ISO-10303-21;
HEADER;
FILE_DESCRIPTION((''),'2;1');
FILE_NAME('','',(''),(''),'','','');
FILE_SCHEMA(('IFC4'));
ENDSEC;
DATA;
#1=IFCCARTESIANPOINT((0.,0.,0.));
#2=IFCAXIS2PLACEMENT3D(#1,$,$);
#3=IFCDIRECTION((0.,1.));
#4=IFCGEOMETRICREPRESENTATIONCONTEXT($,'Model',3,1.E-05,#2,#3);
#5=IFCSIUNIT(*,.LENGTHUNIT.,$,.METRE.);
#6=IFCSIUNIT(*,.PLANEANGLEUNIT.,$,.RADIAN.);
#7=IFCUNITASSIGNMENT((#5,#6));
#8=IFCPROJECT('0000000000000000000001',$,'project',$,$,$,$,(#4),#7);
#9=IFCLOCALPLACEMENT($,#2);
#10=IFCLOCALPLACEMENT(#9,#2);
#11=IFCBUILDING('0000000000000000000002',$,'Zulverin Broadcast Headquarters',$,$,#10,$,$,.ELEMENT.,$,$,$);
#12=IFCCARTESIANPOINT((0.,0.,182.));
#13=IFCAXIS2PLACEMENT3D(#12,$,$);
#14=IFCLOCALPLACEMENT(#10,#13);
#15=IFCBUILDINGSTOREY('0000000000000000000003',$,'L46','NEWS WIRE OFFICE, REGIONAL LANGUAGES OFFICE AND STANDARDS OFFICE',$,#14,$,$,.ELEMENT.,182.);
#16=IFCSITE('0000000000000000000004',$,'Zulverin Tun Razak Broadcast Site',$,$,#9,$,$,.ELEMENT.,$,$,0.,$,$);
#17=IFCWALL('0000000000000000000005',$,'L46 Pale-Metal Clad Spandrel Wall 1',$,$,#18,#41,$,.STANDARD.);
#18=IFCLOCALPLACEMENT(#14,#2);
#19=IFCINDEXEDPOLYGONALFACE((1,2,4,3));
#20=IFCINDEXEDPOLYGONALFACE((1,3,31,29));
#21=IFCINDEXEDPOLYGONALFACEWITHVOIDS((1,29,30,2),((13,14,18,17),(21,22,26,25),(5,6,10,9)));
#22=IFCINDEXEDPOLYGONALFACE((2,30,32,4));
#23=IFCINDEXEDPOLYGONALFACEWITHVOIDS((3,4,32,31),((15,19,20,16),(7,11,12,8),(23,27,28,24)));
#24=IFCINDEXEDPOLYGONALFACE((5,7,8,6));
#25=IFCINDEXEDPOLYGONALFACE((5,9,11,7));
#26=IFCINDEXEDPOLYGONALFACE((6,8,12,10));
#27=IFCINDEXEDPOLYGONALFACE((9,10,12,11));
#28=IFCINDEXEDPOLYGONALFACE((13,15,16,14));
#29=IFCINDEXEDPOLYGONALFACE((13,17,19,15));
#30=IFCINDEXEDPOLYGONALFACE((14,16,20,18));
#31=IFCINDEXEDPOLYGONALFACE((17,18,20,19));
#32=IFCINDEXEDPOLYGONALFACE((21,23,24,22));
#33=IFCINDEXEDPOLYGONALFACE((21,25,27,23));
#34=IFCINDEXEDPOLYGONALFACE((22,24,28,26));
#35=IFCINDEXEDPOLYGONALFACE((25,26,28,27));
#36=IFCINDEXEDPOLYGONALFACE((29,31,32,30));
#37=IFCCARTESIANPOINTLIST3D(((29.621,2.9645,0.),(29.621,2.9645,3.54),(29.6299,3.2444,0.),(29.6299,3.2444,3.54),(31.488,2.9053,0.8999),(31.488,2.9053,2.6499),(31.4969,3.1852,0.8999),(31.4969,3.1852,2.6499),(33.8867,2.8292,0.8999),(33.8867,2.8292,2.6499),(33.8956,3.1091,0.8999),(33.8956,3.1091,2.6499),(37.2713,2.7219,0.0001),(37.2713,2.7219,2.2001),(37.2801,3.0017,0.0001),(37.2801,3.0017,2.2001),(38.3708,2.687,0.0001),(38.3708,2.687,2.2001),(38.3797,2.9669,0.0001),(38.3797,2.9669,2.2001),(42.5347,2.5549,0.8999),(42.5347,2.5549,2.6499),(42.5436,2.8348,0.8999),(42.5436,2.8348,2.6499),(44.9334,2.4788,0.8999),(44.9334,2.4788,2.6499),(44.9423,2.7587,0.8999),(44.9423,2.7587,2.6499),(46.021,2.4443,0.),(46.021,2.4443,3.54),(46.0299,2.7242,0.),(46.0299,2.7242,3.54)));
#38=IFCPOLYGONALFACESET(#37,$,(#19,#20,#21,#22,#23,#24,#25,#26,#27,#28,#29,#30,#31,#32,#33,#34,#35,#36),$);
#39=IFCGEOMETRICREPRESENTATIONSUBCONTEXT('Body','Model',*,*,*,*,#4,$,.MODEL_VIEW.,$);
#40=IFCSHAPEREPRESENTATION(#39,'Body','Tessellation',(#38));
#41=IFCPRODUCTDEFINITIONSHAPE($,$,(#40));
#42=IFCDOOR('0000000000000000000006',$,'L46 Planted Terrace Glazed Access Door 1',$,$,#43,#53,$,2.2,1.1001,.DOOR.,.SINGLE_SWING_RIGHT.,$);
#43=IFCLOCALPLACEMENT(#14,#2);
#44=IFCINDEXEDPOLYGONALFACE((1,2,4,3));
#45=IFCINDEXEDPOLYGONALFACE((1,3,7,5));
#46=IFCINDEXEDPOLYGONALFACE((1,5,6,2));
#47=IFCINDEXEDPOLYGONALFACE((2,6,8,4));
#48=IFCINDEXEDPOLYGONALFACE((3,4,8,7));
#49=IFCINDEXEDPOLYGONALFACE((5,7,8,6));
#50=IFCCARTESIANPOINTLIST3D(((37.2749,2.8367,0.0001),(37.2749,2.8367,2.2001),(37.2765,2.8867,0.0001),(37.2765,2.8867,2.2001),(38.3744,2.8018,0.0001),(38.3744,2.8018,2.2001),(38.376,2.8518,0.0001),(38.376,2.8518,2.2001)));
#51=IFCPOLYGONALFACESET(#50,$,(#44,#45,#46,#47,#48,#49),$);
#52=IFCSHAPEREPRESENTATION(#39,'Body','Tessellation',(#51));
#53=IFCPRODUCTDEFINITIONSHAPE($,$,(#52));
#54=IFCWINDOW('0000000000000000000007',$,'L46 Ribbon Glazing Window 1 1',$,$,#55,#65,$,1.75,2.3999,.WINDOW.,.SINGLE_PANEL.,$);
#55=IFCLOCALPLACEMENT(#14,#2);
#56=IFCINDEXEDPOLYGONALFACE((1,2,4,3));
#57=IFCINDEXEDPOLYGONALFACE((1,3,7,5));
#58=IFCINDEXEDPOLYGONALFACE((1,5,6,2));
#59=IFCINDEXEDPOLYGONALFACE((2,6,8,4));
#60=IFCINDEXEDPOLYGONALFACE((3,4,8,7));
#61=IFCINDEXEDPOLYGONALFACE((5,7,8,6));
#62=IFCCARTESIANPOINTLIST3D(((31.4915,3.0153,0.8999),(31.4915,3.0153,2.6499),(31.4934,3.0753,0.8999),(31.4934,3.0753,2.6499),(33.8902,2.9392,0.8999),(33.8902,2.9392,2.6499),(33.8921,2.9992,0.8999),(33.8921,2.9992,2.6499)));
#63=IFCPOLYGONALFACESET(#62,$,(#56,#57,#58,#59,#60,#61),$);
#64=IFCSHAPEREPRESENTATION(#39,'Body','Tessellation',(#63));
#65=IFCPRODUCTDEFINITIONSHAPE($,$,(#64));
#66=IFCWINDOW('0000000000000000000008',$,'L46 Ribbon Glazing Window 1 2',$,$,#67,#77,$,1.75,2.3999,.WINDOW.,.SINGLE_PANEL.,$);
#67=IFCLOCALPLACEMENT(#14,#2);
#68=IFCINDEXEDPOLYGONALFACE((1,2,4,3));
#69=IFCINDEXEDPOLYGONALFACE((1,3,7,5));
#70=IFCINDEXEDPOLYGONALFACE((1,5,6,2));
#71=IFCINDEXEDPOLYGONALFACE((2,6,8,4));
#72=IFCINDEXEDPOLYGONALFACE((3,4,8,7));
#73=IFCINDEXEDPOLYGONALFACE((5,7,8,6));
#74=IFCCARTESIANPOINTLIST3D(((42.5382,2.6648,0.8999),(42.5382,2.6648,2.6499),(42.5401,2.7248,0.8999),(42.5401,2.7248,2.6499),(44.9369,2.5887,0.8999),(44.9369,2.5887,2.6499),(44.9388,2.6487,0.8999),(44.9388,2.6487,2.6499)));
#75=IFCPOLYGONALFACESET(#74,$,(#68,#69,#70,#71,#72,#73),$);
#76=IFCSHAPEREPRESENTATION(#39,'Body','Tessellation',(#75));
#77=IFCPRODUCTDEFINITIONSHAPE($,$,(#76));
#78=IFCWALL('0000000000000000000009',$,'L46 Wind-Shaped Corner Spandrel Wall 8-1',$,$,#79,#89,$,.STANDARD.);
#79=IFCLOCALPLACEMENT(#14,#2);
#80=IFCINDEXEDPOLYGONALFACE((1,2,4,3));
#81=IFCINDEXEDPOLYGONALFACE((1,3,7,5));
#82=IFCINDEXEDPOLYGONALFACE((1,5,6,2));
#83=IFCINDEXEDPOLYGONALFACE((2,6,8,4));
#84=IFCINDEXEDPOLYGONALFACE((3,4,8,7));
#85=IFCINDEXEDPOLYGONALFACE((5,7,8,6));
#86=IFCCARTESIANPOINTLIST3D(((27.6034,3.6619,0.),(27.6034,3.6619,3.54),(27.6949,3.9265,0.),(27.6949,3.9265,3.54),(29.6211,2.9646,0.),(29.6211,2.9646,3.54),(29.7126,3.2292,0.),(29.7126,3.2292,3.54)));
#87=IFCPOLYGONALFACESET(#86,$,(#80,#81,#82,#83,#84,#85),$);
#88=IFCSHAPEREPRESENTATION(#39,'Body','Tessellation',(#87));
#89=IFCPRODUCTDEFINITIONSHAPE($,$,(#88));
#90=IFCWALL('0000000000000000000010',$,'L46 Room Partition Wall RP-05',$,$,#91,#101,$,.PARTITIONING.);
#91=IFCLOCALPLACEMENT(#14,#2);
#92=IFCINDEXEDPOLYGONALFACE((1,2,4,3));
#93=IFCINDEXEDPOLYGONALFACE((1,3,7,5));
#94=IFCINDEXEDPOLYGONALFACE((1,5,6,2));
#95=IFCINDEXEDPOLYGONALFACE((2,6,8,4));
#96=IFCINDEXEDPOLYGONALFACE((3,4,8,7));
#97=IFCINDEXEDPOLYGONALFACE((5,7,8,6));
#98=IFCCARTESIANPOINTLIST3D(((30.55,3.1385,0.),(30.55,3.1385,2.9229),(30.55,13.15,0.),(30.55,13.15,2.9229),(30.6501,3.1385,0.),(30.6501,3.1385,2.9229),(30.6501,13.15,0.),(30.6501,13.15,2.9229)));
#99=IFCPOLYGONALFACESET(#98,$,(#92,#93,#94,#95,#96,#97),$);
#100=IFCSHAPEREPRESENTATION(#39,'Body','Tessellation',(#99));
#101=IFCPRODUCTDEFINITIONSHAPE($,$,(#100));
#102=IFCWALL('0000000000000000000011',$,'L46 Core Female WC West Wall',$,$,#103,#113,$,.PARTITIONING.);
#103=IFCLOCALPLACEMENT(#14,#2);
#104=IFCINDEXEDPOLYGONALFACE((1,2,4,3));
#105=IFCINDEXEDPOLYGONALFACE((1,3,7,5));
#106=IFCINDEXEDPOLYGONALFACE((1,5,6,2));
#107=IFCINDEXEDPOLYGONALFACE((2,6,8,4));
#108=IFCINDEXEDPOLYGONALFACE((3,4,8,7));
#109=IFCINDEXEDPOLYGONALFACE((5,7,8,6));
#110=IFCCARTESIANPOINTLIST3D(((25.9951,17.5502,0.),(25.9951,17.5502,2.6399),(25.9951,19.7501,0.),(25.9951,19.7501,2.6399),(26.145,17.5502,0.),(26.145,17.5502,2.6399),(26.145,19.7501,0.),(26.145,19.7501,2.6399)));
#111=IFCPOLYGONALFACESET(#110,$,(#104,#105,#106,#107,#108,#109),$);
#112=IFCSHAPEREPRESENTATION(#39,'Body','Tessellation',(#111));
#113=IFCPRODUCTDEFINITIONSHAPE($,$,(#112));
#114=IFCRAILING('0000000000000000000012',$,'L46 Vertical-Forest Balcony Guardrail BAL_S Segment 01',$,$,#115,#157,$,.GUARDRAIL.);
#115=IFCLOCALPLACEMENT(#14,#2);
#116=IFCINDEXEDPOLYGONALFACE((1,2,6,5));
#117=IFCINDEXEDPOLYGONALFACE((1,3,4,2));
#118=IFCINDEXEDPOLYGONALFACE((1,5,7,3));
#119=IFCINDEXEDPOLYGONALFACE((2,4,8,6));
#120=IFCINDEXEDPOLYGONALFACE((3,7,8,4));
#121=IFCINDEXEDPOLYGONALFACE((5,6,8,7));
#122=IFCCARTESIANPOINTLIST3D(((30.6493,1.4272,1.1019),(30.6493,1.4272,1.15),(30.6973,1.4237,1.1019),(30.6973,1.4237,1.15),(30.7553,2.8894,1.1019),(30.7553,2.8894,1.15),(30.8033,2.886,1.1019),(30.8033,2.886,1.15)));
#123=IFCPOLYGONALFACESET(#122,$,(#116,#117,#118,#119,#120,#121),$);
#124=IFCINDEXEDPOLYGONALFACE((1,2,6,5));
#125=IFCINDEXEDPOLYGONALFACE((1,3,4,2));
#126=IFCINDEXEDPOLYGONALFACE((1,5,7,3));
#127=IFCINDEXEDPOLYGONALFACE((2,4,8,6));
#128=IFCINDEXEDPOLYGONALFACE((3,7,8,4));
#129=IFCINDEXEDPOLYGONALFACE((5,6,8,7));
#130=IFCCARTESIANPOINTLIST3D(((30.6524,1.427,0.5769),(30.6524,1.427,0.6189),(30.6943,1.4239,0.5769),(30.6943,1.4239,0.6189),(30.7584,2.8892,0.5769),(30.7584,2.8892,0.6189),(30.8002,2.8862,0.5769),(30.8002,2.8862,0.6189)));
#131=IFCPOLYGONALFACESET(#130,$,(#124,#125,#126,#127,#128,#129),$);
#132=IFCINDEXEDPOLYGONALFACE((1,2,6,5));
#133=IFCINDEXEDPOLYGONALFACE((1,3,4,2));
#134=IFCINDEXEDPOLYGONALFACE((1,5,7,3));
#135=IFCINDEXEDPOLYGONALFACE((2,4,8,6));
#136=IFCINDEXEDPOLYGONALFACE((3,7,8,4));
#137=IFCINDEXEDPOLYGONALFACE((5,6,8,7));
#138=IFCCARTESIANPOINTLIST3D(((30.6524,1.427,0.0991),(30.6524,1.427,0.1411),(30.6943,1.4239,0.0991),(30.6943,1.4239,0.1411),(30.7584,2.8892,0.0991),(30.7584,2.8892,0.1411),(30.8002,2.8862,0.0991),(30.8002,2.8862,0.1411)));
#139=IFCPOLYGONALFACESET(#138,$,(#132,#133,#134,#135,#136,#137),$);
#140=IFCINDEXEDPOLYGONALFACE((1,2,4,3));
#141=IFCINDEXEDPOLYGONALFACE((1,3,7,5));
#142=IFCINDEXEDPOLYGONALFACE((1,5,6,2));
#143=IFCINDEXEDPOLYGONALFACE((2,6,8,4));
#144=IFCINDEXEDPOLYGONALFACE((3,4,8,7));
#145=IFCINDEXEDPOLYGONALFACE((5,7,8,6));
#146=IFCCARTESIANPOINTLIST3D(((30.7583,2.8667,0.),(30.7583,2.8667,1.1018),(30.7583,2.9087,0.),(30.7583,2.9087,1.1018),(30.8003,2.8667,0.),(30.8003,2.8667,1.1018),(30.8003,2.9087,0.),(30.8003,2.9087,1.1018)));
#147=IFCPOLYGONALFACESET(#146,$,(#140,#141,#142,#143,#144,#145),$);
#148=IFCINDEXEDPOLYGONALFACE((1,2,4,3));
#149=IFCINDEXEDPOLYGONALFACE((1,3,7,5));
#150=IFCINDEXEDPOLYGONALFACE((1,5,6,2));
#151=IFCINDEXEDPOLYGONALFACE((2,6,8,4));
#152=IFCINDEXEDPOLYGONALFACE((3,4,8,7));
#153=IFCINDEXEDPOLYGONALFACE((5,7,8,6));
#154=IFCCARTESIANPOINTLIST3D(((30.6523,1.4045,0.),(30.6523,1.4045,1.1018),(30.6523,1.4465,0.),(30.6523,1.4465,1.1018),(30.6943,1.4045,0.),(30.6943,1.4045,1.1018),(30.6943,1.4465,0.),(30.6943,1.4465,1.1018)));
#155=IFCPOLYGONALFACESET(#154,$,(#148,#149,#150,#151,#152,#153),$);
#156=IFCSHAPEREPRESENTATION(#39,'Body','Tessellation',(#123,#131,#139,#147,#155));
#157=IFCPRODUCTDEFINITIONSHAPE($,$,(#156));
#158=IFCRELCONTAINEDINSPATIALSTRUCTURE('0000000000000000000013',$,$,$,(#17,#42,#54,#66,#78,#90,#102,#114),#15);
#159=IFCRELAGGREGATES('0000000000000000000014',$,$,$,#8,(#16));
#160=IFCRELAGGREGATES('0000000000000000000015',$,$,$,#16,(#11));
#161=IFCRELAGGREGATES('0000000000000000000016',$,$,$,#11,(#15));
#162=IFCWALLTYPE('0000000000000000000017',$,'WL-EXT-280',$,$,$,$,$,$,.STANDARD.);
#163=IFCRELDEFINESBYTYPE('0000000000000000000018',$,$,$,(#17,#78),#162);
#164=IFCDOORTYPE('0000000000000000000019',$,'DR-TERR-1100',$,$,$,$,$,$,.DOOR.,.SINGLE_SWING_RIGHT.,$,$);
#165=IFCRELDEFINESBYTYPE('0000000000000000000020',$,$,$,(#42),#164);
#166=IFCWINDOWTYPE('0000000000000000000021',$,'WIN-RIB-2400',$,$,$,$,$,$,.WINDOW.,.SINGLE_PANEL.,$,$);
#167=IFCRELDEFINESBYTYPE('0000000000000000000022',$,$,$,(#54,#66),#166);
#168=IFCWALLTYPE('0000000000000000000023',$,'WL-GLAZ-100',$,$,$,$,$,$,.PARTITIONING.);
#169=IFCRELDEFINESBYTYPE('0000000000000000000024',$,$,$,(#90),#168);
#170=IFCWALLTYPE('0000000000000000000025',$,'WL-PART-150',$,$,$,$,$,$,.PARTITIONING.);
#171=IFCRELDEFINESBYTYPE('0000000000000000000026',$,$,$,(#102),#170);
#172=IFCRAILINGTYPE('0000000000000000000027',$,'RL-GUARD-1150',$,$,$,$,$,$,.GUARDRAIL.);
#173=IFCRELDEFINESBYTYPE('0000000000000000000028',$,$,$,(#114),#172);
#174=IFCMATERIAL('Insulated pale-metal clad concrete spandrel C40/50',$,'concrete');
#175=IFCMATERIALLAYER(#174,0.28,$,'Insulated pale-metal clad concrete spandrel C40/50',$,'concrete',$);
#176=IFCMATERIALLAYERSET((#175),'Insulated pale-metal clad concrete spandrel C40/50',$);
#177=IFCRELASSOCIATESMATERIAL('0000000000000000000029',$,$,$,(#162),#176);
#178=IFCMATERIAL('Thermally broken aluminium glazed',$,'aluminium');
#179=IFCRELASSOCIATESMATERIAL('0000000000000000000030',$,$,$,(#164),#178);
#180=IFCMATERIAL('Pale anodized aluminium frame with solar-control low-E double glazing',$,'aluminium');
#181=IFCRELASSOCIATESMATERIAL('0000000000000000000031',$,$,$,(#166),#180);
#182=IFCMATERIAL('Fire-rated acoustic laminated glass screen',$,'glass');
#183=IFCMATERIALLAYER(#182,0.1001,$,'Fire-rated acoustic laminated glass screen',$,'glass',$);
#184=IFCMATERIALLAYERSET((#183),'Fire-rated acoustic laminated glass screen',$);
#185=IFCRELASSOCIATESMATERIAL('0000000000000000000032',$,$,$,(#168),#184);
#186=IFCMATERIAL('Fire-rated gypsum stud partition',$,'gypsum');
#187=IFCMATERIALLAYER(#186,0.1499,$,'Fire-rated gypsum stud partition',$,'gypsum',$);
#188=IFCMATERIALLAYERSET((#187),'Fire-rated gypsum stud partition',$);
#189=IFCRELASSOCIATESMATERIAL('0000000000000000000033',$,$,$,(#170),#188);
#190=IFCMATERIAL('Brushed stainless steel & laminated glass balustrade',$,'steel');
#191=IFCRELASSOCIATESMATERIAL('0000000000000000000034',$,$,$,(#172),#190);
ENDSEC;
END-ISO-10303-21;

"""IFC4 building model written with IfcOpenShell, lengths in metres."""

from ifc_helpers import new_model, si_unit, direction, frame, frame_2d, origin, origin_2d, place, context, subcontext, project, spatial, rectangle, extrude, material, layer, layer_set, type_object, element, fill, save


model = new_model("IFC4")

# Units and contexts
model_context = context("Model", 3, precision=1e-05, world=origin(), true_north=direction((0.0, 1.0)))
body_context = subcontext(model_context, "Body", "Model", "MODEL_VIEW")
ifc_project = project(units=[si_unit("LENGTHUNIT", "METRE"), si_unit("PLANEANGLEUNIT", "RADIAN")], contexts=[model_context])

# Site, building, storey
site_placement = place(None, origin())
site = spatial("IfcSite", under=ifc_project, at=site_placement, Name="Zulverin Tun Razak Broadcast Site", CompositionType="ELEMENT", RefElevation=0.0)
building_placement = place(site_placement, origin())
building = spatial("IfcBuilding", under=site, at=building_placement, Name="Zulverin Broadcast Headquarters", CompositionType="ELEMENT")
storey_placement = place(building_placement, frame((0.0, 0.0, 182.0)))
storey = spatial("IfcBuildingStorey", under=building, at=storey_placement, Name="L46", Description="NEWS WIRE OFFICE, REGIONAL LANGUAGES OFFICE AND STANDARDS OFFICE", CompositionType="ELEMENT", Elevation=182.0)

# Wall, openings, door, windows
ifc_material_1 = material(Name="Insulated pale-metal clad concrete spandrel C40/50", Category="concrete")
ifc_layer_1 = layer(ifc_material_1, 0.28, Name="Insulated pale-metal clad concrete spandrel C40/50", Category="concrete")
ifc_layer_set_1 = layer_set([ifc_layer_1], Name="Insulated pale-metal clad concrete spandrel C40/50")
wall_type_1 = type_object("IfcWallType", Name="WL-EXT-280", PredefinedType="STANDARD", material=ifc_layer_set_1)
wall_1_placement = place(storey_placement, frame((29.6255, 3.1045, 0.0), z_axis=(0.0, 0.0, 1.0), x_axis=(0.999497, -0.031708, 0.0)))
wall_1 = element("IfcWall", 1, at=wall_1_placement, inside=storey, type_object=wall_type_1, Name="L46 Pale-Metal Clad Spandrel Wall 1", PredefinedType="STANDARD", context=body_context, shape_type="SweptSolid", body=[
    extrude(rectangle(XDim=16.4082, YDim=0.28, at=frame_2d((8.2041, 0.0))), origin(), (0.0, 0.0, 1.0), 3.54),
])
opening_1_placement = place(wall_1_placement, frame((7.6541, 0.0, 0.0)))
opening_1 = element("IfcOpeningElement", 2, at=opening_1_placement, cuts=wall_1, PredefinedType="OPENING", context=body_context, shape_type="SweptSolid", body=[
    extrude(rectangle(XDim=1.1001, YDim=2.2, at=frame_2d((0.55, 1.1001))), frame((0.0, 0.1499, 0.0), z_axis=(0.0, -1.0, 0.0), x_axis=(1.0, 0.0, 0.0)), (0.0, 0.0, 1.0), 0.3),
])
opening_2_placement = place(wall_1_placement, frame((1.8679, 0.0, 0.8999)))
opening_2 = element("IfcOpeningElement", 3, at=opening_2_placement, cuts=wall_1, PredefinedType="OPENING", context=body_context, shape_type="SweptSolid", body=[
    extrude(rectangle(XDim=2.3999, YDim=1.75, at=frame_2d((1.2, 0.875))), frame((0.0, 0.1499, 0.0), z_axis=(0.0, -1.0, 0.0), x_axis=(1.0, 0.0, 0.0)), (0.0, 0.0, 1.0), 0.3),
])
opening_3_placement = place(wall_1_placement, frame((12.9202, 0.0, 0.8999)))
opening_3 = element("IfcOpeningElement", 4, at=opening_3_placement, cuts=wall_1, PredefinedType="OPENING", context=body_context, shape_type="SweptSolid", body=[
    extrude(rectangle(XDim=2.3999, YDim=1.75, at=frame_2d((1.2, 0.875))), frame((0.0, 0.1499, 0.0), z_axis=(0.0, -1.0, 0.0), x_axis=(1.0, 0.0, 0.0)), (0.0, 0.0, 1.0), 0.3),
])
ifc_material_2 = material(Name="Thermally broken aluminium glazed", Category="aluminium")
door_type = type_object("IfcDoorType", Name="DR-TERR-1100", OperationType="SINGLE_SWING_RIGHT", PredefinedType="DOOR", material=ifc_material_2)
door_placement = place(opening_1_placement, origin())
door = element("IfcDoor", 5, at=door_placement, inside=storey, type_object=door_type, Name="L46 Planted Terrace Glazed Access Door 1", OperationType="SINGLE_SWING_RIGHT", OverallHeight=2.2, OverallWidth=1.1001, PredefinedType="DOOR", context=body_context, shape_type="SweptSolid", body=[
    extrude(rectangle(XDim=1.1001, YDim=2.2, at=frame_2d((0.55, 1.1001))), frame((0.0, 0.0249, 0.0), z_axis=(0.0, -1.0, 0.0), x_axis=(1.0, 0.0, 0.0)), (0.0, 0.0, 1.0), 0.05),
])
fill(opening_1, door)
ifc_material_3 = material(Name="Pale anodized aluminium frame with solar-control low-E double glazing", Category="aluminium")
window_type = type_object("IfcWindowType", Name="WIN-RIB-2400", PartitioningType="SINGLE_PANEL", PredefinedType="WINDOW", material=ifc_material_3)
window_1_placement = place(opening_2_placement, origin())
window_1 = element("IfcWindow", 6, at=window_1_placement, inside=storey, type_object=window_type, Name="L46 Ribbon Glazing Window 1 1", OverallHeight=1.75, OverallWidth=2.3999, PartitioningType="SINGLE_PANEL", PredefinedType="WINDOW", context=body_context, shape_type="SweptSolid", body=[
    extrude(rectangle(XDim=2.3999, YDim=1.75, at=frame_2d((1.2, 0.875))), frame((0.0, 0.03, 0.0), z_axis=(0.0, -1.0, 0.0), x_axis=(1.0, 0.0, 0.0)), (0.0, 0.0, 1.0), 0.0601),
])
fill(opening_2, window_1)
window_2_placement = place(opening_3_placement, origin())
window_2 = element("IfcWindow", 7, at=window_2_placement, inside=storey, type_object=window_type, Name="L46 Ribbon Glazing Window 1 2", OverallHeight=1.75, OverallWidth=2.3999, PartitioningType="SINGLE_PANEL", PredefinedType="WINDOW", context=body_context, shape_type="SweptSolid", body=[
    extrude(rectangle(XDim=2.3999, YDim=1.75, at=frame_2d((1.2, 0.875))), frame((0.0, 0.03, 0.0), z_axis=(0.0, -1.0, 0.0), x_axis=(1.0, 0.0, 0.0)), (0.0, 0.0, 1.0), 0.0601),
])
fill(opening_3, window_2)

# Walls
wall_2_placement = place(storey_placement, frame((27.6492, 3.7942, 0.0), z_axis=(0.0, 0.0, 1.0), x_axis=(0.945149, -0.326639, 0.0)))
element("IfcWall", 8, at=wall_2_placement, inside=storey, type_object=wall_type_1, Name="L46 Wind-Shaped Corner Spandrel Wall 8-1", PredefinedType="STANDARD", context=body_context, shape_type="SweptSolid", body=[
    extrude(rectangle(XDim=2.1348, YDim=0.28, at=frame_2d((1.0674, 0.0))), origin(), (0.0, 0.0, 1.0), 3.54),
])
ifc_material_4 = material(Name="Fire-rated acoustic laminated glass screen", Category="glass")
ifc_layer_2 = layer(ifc_material_4, 0.1001, Name="Fire-rated acoustic laminated glass screen", Category="glass")
ifc_layer_set_2 = layer_set([ifc_layer_2], Name="Fire-rated acoustic laminated glass screen")
wall_type_2 = type_object("IfcWallType", Name="WL-GLAZ-100", PredefinedType="PARTITIONING", material=ifc_layer_set_2)
wall_3_placement = place(storey_placement, frame((30.6001, 3.1384, 0.0), z_axis=(0.0, 0.0, 1.0), x_axis=(0.0, 1.0, 0.0)))
element("IfcWall", 9, at=wall_3_placement, inside=storey, type_object=wall_type_2, Name="L46 Room Partition Wall RP-05", PredefinedType="PARTITIONING", context=body_context, shape_type="SweptSolid", body=[
    extrude(rectangle(XDim=10.0115, YDim=0.1001, at=frame_2d((5.0059, 0.0))), origin(), (0.0, 0.0, 1.0), 2.9229),
])
ifc_material_5 = material(Name="Fire-rated gypsum stud partition", Category="gypsum")
ifc_layer_3 = layer(ifc_material_5, 0.1499, Name="Fire-rated gypsum stud partition", Category="gypsum")
ifc_layer_set_3 = layer_set([ifc_layer_3], Name="Fire-rated gypsum stud partition")
wall_type_3 = type_object("IfcWallType", Name="WL-PART-150", PredefinedType="PARTITIONING", material=ifc_layer_set_3)
wall_4_placement = place(storey_placement, frame((26.0701, 17.55, 0.0), z_axis=(0.0, 0.0, 1.0), x_axis=(0.0, 1.0, 0.0)))
element("IfcWall", 10, at=wall_4_placement, inside=storey, type_object=wall_type_3, Name="L46 Core Female WC West Wall", PredefinedType="PARTITIONING", context=body_context, shape_type="SweptSolid", body=[
    extrude(rectangle(XDim=2.2, YDim=0.1499, at=frame_2d((1.1001, 0.0))), origin(), (0.0, 0.0, 1.0), 2.6399),
])

# Railing
ifc_material_6 = material(Name="Brushed stainless steel & laminated glass balustrade", Category="steel")
railing_type = type_object("IfcRailingType", Name="RL-GUARD-1150", PredefinedType="GUARDRAIL", material=ifc_material_6)
railing_1_placement = place(storey_placement, frame((30.7793, 2.8877, 0.0)))
element("IfcRailing", 11, at=railing_1_placement, inside=storey, type_object=railing_type, Name="L46 Vertical-Forest Balcony Guardrail BAL_S Segment 01", PredefinedType="GUARDRAIL", context=body_context, shape_type="SweptSolid", body=[
    extrude(rectangle(XDim=0.0481, YDim=0.0481, at=origin_2d()), frame((0.0, 0.0, 1.126), z_axis=(-0.072277, -0.997385, 0.0), x_axis=(0.997385, -0.072277, 0.0)), (0.0, 0.0, 1.0), 1.4661),
    extrude(rectangle(XDim=0.042, YDim=0.042, at=origin_2d()), frame((0.0, 0.0, 0.5979), z_axis=(-0.072277, -0.997385, 0.0), x_axis=(0.997385, -0.072277, 0.0)), (0.0, 0.0, 1.0), 1.4661),
    extrude(rectangle(XDim=0.042, YDim=0.042, at=origin_2d()), frame((0.0, 0.0, 0.1201), z_axis=(-0.072277, -0.997385, 0.0), x_axis=(0.997385, -0.072277, 0.0)), (0.0, 0.0, 1.0), 1.4661),
    extrude(rectangle(XDim=0.042, YDim=0.042, at=origin_2d()), origin(), (0.0, 0.0, 1.0), 1.1018),
    extrude(rectangle(XDim=0.042, YDim=0.042, at=origin_2d()), frame((-0.106, -1.4622, 0.0)), (0.0, 0.0, 1.0), 1.1018),
])

save(model, "model.ifc")
